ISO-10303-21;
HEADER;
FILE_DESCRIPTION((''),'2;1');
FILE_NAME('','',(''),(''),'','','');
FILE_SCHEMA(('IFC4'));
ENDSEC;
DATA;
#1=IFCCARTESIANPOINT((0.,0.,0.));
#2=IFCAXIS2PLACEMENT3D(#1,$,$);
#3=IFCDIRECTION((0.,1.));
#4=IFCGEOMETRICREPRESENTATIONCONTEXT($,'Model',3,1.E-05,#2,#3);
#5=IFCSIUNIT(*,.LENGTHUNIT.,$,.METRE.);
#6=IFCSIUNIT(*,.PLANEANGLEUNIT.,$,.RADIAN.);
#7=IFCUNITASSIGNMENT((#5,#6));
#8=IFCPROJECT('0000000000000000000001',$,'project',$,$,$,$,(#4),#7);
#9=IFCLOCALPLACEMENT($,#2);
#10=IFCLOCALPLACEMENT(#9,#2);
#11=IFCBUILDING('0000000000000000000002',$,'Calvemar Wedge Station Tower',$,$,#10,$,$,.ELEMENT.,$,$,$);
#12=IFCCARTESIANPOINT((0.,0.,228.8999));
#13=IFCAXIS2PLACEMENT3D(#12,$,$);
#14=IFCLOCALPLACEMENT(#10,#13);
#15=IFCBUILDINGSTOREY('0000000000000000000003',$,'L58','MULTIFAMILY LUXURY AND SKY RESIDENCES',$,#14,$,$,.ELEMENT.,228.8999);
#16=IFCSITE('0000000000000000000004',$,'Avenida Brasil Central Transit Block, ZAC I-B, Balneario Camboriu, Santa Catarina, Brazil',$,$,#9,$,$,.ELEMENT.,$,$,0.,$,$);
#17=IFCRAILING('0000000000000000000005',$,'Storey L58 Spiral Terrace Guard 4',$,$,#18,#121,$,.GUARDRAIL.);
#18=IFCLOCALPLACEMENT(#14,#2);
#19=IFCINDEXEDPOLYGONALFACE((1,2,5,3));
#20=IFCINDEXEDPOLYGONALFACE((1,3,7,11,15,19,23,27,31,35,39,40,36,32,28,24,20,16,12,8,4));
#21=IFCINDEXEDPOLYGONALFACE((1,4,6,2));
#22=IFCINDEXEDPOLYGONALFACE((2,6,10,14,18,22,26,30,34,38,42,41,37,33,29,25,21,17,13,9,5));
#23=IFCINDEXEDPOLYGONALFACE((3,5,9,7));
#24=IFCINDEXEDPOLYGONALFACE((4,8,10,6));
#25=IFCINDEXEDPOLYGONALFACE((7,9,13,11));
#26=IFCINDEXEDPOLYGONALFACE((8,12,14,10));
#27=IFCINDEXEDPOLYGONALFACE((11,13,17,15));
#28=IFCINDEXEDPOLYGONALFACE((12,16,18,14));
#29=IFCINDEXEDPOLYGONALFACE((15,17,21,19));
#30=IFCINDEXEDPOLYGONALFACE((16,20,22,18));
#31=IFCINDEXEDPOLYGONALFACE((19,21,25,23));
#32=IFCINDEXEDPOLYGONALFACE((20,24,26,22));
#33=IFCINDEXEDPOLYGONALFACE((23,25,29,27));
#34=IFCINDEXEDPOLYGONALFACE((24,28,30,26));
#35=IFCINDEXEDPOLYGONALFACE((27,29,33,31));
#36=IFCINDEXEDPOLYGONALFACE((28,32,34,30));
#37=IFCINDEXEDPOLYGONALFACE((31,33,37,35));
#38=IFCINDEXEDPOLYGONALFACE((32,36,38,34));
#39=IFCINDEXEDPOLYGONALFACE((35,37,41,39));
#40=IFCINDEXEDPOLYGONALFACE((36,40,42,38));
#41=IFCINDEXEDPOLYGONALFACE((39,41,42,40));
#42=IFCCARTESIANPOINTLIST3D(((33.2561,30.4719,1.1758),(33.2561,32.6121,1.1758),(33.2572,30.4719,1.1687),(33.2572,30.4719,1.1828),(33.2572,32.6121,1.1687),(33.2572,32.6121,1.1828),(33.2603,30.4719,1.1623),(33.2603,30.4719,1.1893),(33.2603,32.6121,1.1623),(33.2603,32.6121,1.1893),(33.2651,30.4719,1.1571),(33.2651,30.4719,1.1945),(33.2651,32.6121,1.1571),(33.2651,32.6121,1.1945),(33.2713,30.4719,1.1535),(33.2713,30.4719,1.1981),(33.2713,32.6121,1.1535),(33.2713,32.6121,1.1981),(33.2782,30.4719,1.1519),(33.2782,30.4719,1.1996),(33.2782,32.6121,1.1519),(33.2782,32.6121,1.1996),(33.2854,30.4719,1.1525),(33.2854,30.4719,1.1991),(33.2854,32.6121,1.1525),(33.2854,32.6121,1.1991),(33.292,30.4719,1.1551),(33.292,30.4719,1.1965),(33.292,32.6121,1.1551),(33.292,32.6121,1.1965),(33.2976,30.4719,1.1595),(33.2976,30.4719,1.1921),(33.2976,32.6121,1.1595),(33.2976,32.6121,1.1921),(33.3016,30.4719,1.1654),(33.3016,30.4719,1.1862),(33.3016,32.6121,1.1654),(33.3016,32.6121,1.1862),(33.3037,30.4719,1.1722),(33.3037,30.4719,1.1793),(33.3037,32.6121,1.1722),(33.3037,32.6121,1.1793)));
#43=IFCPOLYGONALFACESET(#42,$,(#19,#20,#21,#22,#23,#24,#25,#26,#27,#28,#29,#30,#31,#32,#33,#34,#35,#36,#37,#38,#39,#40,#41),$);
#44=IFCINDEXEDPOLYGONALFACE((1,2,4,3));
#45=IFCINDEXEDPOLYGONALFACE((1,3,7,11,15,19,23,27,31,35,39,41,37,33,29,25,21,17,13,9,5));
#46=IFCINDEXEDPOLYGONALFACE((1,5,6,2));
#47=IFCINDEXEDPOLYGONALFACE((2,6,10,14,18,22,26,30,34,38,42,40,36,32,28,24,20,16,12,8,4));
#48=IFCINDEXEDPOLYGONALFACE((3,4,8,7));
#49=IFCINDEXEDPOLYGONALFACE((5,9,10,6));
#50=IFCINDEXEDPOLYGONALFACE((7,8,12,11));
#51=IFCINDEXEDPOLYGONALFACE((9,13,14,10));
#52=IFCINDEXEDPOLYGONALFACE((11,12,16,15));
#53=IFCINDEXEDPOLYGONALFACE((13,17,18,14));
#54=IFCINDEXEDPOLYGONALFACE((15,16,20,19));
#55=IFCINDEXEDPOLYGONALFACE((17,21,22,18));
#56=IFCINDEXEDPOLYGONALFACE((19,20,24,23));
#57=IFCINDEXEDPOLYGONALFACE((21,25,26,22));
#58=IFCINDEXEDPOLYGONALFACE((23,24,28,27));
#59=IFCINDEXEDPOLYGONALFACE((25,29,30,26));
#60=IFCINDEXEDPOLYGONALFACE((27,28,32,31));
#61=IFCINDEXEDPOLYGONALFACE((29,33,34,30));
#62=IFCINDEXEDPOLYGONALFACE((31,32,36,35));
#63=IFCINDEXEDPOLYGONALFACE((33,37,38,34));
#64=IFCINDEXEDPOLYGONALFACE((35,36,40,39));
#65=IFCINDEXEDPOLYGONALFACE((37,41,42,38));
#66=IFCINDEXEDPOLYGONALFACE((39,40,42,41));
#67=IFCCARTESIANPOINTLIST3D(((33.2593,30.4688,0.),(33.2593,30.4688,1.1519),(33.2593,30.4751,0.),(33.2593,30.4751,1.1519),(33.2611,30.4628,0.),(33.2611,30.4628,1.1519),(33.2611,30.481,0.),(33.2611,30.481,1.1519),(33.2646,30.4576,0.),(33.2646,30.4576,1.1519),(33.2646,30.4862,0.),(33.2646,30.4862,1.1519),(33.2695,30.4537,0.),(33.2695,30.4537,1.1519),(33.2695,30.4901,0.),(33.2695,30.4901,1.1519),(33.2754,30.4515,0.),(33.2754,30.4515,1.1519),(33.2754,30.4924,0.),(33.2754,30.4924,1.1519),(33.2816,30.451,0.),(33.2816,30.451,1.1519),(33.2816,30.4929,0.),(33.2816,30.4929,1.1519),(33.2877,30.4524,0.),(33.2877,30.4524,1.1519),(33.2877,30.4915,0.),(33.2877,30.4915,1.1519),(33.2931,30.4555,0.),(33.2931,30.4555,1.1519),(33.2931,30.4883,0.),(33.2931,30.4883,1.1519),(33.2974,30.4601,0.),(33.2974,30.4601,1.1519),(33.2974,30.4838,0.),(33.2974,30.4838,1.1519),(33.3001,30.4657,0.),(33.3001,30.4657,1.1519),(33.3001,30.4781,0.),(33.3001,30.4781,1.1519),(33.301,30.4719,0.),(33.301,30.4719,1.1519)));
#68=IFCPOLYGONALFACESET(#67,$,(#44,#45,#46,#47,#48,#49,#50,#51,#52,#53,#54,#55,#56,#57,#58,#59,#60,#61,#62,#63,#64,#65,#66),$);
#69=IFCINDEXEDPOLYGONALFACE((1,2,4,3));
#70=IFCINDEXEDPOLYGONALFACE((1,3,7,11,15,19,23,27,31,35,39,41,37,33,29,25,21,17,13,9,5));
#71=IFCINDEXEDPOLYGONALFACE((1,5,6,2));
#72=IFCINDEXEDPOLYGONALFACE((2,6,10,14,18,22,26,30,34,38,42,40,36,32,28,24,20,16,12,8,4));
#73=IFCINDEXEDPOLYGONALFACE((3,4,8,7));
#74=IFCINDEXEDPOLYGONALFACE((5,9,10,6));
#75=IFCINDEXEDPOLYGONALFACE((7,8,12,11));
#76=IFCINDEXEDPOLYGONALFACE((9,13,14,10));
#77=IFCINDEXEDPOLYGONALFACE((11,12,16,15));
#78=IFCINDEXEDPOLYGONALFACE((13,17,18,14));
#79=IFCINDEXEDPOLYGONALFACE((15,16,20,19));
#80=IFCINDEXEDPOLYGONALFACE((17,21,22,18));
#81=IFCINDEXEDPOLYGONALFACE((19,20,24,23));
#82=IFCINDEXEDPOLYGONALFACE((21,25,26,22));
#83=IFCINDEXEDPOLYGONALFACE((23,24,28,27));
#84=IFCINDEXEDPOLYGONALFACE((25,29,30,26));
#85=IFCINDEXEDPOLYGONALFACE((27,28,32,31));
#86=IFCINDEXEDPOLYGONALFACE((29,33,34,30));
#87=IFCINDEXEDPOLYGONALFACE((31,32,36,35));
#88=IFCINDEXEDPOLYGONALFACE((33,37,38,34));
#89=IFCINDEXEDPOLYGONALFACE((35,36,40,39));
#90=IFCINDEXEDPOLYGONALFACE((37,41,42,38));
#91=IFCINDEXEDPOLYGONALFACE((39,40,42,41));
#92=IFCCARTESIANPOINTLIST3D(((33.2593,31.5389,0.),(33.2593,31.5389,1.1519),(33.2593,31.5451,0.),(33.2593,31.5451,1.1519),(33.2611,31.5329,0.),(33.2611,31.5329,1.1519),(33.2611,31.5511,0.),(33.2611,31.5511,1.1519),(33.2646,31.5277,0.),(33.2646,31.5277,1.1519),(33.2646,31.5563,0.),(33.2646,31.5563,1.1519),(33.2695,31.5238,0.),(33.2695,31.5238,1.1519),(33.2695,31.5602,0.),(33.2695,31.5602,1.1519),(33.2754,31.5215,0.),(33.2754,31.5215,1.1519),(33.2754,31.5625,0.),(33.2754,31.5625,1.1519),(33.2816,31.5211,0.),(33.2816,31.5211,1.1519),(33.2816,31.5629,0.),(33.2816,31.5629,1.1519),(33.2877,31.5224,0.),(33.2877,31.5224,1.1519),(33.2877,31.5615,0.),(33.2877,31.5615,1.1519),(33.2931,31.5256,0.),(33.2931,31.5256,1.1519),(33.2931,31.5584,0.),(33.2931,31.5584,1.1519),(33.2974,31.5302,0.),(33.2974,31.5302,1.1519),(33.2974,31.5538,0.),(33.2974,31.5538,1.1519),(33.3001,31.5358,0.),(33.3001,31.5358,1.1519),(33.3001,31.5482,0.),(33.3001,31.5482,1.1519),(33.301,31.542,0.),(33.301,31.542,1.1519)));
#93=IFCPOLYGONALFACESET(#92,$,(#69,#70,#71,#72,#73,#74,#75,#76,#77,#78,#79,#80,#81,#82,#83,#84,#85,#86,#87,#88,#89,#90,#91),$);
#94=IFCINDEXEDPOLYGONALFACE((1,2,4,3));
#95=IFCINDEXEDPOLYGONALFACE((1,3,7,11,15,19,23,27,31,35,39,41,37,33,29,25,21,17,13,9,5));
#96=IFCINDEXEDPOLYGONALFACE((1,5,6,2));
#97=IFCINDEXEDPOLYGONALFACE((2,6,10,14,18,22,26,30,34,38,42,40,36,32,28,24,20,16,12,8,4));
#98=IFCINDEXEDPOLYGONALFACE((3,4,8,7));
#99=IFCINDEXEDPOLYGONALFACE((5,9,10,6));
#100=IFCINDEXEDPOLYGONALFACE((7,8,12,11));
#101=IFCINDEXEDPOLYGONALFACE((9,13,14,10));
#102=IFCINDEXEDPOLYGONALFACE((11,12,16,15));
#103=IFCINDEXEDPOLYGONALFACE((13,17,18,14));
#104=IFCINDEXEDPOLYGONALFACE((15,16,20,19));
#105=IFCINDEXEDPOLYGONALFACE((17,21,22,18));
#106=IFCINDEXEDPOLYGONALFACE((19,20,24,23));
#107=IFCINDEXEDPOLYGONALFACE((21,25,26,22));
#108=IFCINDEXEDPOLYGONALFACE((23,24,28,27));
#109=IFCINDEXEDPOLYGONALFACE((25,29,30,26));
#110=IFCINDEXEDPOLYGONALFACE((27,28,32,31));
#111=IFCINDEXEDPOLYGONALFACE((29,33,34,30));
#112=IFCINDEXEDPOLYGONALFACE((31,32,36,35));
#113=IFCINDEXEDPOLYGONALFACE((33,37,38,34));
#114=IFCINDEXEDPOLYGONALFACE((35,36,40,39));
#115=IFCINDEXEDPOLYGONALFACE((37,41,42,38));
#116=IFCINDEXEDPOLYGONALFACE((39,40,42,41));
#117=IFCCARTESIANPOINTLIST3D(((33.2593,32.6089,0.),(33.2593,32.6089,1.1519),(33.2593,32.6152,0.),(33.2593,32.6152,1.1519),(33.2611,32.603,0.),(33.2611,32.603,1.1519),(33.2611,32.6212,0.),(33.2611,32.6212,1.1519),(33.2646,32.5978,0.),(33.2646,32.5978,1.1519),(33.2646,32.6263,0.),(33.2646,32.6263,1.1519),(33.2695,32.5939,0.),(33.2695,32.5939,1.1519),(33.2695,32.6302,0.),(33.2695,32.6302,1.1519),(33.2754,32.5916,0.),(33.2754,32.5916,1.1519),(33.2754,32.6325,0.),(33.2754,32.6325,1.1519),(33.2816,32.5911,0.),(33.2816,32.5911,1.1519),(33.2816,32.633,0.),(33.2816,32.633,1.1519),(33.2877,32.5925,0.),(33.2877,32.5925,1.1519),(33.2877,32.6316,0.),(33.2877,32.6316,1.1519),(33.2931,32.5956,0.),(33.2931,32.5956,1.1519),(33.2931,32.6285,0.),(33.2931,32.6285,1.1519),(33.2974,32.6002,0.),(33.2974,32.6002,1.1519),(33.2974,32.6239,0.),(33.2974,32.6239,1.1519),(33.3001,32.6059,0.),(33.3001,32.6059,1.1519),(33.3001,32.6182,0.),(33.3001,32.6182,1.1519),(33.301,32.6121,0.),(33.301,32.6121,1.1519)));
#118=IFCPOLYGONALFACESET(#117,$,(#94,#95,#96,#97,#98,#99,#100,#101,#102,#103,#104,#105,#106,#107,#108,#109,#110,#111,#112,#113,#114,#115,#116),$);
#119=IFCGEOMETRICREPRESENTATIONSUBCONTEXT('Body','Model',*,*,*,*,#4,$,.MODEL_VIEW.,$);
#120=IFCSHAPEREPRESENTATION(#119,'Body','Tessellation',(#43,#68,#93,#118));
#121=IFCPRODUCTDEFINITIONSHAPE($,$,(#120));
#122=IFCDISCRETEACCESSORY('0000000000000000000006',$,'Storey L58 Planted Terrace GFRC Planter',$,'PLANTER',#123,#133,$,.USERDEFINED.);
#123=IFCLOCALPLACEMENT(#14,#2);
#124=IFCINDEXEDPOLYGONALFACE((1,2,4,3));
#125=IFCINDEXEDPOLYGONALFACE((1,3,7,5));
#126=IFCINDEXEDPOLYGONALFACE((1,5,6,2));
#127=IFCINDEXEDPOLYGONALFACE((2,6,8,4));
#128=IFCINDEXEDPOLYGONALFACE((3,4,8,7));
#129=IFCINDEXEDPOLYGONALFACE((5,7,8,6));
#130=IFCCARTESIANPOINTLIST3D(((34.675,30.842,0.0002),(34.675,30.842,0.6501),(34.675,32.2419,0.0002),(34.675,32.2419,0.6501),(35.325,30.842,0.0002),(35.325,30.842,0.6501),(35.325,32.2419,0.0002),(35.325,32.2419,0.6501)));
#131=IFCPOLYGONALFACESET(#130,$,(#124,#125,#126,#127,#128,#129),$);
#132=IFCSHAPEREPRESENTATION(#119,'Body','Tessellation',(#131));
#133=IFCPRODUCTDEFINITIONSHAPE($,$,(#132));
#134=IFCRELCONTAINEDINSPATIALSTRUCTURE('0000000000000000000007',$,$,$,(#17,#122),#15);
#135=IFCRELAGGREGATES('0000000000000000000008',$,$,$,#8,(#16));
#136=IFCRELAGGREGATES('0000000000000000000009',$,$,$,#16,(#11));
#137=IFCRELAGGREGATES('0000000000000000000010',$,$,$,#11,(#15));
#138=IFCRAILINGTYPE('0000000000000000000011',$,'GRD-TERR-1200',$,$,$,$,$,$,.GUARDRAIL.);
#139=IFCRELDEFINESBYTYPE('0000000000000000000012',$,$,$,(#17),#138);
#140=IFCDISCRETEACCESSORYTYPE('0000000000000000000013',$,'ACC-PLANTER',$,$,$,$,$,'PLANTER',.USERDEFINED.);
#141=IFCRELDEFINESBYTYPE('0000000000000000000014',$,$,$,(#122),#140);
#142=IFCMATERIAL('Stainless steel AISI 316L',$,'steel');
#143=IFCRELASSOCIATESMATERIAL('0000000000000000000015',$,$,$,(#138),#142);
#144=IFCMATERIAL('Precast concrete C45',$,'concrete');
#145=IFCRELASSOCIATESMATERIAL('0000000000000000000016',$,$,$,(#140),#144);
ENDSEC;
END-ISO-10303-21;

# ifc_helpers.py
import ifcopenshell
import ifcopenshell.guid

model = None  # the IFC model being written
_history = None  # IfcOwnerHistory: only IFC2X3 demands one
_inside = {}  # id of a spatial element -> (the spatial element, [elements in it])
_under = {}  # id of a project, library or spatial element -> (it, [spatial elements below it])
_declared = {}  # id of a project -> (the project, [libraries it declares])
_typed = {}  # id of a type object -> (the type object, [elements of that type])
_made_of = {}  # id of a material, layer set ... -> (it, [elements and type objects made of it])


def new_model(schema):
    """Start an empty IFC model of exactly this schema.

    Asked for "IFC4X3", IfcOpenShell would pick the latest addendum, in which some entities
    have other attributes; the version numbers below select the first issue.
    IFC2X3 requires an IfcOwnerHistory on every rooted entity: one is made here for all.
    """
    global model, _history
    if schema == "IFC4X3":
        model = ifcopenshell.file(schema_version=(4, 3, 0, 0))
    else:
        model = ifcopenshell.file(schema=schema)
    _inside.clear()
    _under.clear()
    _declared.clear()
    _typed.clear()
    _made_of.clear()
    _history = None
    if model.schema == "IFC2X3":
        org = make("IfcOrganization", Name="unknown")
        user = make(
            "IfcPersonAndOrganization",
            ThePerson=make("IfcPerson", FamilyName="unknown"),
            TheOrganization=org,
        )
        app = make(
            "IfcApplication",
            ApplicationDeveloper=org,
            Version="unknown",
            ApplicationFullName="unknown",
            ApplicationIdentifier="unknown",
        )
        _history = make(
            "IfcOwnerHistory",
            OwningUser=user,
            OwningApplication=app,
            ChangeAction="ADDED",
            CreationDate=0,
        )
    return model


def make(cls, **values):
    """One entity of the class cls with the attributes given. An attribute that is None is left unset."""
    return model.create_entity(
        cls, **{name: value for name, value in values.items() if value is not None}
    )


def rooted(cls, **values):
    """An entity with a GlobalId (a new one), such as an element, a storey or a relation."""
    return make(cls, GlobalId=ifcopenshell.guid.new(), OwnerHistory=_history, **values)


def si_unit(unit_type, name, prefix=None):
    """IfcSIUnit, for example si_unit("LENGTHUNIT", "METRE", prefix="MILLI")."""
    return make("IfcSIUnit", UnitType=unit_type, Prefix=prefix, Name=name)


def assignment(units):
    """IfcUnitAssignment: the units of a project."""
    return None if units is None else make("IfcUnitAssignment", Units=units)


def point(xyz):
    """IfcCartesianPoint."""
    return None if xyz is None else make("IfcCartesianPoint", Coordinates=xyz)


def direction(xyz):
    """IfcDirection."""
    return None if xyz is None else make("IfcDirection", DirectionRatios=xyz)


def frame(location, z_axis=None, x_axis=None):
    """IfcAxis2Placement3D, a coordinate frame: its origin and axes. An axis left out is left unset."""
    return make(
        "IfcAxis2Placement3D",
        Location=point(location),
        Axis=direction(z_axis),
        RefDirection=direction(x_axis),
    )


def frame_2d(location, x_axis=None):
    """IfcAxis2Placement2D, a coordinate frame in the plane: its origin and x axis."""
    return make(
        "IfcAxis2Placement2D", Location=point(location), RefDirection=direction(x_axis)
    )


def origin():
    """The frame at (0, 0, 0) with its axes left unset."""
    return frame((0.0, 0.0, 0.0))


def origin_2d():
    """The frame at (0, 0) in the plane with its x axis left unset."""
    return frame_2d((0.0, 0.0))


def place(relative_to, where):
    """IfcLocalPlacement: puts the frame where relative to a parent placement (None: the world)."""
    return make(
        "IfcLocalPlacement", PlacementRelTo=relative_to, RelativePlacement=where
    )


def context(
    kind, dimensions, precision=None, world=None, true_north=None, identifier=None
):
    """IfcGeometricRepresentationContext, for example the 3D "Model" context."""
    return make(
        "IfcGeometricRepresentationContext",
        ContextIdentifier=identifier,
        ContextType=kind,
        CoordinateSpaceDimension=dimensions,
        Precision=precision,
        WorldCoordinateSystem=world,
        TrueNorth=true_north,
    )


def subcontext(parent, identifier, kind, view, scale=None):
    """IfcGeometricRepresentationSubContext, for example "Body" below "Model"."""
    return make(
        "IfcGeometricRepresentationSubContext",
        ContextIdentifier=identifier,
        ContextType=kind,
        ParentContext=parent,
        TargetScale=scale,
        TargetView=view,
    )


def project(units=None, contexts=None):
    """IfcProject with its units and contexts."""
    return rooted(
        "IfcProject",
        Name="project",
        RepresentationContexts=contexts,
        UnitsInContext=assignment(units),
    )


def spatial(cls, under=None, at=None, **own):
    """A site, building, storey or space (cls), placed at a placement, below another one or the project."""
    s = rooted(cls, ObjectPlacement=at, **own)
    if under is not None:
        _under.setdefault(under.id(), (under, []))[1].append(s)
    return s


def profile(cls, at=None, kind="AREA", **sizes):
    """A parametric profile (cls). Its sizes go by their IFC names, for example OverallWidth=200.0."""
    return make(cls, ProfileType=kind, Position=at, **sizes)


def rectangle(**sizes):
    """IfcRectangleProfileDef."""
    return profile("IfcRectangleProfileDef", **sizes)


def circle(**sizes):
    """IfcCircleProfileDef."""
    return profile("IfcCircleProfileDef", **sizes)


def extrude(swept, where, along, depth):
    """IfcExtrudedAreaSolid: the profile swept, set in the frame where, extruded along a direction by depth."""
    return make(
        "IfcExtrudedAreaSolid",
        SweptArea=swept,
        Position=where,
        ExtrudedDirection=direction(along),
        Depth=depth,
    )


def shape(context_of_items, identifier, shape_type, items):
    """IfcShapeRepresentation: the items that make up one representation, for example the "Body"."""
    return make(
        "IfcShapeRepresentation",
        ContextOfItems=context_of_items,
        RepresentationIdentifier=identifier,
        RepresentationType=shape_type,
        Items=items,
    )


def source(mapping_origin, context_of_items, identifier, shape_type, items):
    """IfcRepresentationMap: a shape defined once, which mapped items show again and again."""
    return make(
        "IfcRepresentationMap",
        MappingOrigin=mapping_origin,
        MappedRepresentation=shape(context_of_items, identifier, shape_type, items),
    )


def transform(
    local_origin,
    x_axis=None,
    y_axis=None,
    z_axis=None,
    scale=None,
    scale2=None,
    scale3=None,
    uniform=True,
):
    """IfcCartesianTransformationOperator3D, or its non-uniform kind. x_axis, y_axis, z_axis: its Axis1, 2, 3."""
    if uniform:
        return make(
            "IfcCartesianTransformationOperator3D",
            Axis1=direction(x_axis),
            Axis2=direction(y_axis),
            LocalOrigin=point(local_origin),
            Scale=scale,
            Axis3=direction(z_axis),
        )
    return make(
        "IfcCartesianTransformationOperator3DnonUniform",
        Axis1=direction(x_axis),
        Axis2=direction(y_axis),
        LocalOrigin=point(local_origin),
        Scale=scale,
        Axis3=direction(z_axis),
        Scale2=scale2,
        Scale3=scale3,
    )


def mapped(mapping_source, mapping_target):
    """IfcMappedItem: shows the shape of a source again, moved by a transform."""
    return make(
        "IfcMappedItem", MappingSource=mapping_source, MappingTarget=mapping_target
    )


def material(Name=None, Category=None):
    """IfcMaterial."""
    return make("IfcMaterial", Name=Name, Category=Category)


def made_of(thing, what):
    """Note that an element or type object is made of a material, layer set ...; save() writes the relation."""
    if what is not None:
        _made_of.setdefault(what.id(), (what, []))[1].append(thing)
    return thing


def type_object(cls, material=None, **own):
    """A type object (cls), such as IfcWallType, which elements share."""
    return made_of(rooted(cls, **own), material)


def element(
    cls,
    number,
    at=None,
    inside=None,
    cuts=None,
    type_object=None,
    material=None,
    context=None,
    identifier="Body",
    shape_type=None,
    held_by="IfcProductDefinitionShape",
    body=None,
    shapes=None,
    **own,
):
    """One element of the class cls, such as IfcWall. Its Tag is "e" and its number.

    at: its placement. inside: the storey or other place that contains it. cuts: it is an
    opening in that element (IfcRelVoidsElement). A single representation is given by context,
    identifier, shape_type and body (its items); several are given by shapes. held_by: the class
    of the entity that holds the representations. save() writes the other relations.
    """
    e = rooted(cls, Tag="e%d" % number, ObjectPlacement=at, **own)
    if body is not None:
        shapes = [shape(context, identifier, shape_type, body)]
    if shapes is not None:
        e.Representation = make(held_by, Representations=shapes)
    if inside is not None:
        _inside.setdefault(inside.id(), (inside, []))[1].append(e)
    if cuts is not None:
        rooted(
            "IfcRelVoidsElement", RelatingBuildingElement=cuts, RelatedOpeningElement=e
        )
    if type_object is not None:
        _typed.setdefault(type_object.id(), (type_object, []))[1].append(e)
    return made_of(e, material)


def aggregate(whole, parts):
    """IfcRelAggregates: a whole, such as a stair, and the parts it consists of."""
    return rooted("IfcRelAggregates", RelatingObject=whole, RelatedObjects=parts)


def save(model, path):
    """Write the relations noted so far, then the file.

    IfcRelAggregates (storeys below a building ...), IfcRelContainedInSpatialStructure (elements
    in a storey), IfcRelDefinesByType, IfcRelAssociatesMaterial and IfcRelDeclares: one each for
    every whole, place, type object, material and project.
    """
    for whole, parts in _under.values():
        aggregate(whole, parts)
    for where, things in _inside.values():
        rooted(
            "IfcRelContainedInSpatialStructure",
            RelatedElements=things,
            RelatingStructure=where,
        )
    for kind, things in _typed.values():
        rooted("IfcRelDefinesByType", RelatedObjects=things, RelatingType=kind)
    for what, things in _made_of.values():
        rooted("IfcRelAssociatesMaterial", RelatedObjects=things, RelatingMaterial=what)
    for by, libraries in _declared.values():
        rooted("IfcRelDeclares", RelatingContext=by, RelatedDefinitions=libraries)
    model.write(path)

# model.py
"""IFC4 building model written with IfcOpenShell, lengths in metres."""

from ifc_helpers import new_model, si_unit, direction, frame, origin, origin_2d, place, context, subcontext, project, spatial, rectangle, circle, extrude, source, transform, mapped, material, type_object, element, save


model = new_model("IFC4")

# Units and contexts
model_context = context("Model", 3, precision=1e-05, world=origin(), true_north=direction((0.0, 1.0)))
body_context = subcontext(model_context, "Body", "Model", "MODEL_VIEW")
ifc_project = project(units=[si_unit("LENGTHUNIT", "METRE"), si_unit("PLANEANGLEUNIT", "RADIAN")], contexts=[model_context])

# Site, building, storey
site_placement = place(None, origin())
site = spatial("IfcSite", under=ifc_project, at=site_placement, Name="Avenida Brasil Central Transit Block, ZAC I-B, Balneario Camboriu, Santa Catarina, Brazil", CompositionType="ELEMENT", RefElevation=0.0)
building_placement = place(site_placement, origin())
building = spatial("IfcBuilding", under=site, at=building_placement, Name="Calvemar Wedge Station Tower", CompositionType="ELEMENT")
storey_placement = place(building_placement, frame((0.0, 0.0, 228.8999)))
storey = spatial("IfcBuildingStorey", under=building, at=storey_placement, Name="L58", Description="MULTIFAMILY LUXURY AND SKY RESIDENCES", CompositionType="ELEMENT", Elevation=228.8999)

# Shared definitions
ifc_material_1 = material(Name="Precast concrete C45", Category="concrete")

# Railing
ifc_material_2 = material(Name="Stainless steel AISI 316L", Category="steel")
railing_type = type_object("IfcRailingType", Name="GRD-TERR-1200", PredefinedType="GUARDRAIL", material=ifc_material_2)
railing_1_placement = place(storey_placement, frame((33.28, 30.4719, 0.0)))
element("IfcRailing", 1, at=railing_1_placement, inside=storey, type_object=railing_type, Name="Storey L58 Spiral Terrace Guard 4", PredefinedType="GUARDRAIL", context=body_context, shape_type="SweptSolid", body=[
    extrude(circle(Radius=0.0239, at=origin_2d()), frame((0.0, 0.0, 1.1758), z_axis=(0.0, 1.0, 0.0), x_axis=(-1.0, 0.0, 0.0)), (0.0, 0.0, 1.0), 2.1401),
    extrude(circle(Radius=0.021, at=origin_2d()), origin(), (0.0, 0.0, 1.0), 1.1519),
    extrude(circle(Radius=0.021, at=origin_2d()), frame((0.0, 1.0701, 0.0)), (0.0, 0.0, 1.0), 1.1519),
    extrude(circle(Radius=0.021, at=origin_2d()), frame((0.0, 2.1401, 0.0)), (0.0, 0.0, 1.0), 1.1519),
])

# Discrete accessory
discrete_accessory_type = type_object("IfcDiscreteAccessoryType", Name="ACC-PLANTER", ElementType="PLANTER", PredefinedType="USERDEFINED", material=ifc_material_1)
shared_shape_1 = source(origin(), body_context, "Body", "SweptSolid", [
    extrude(rectangle(XDim=0.6499, YDim=1.3999, at=origin_2d()), origin(), (0.0, 0.0, 1.0), 0.6499),
])
discrete_accessory_placement = place(storey_placement, frame((35.0, 31.542, 0.0002), z_axis=(0.0, 0.0, 1.0), x_axis=(1.0, 0.0, 0.0)))
element("IfcDiscreteAccessory", 2, at=discrete_accessory_placement, inside=storey, type_object=discrete_accessory_type, Name="Storey L58 Planted Terrace GFRC Planter", ObjectType="PLANTER", PredefinedType="USERDEFINED", context=body_context, shape_type="MappedRepresentation", body=[
    mapped(shared_shape_1, transform((0.0, 0.0, 0.0), scale=1.0)),
])

save(model, "model.ifc")
